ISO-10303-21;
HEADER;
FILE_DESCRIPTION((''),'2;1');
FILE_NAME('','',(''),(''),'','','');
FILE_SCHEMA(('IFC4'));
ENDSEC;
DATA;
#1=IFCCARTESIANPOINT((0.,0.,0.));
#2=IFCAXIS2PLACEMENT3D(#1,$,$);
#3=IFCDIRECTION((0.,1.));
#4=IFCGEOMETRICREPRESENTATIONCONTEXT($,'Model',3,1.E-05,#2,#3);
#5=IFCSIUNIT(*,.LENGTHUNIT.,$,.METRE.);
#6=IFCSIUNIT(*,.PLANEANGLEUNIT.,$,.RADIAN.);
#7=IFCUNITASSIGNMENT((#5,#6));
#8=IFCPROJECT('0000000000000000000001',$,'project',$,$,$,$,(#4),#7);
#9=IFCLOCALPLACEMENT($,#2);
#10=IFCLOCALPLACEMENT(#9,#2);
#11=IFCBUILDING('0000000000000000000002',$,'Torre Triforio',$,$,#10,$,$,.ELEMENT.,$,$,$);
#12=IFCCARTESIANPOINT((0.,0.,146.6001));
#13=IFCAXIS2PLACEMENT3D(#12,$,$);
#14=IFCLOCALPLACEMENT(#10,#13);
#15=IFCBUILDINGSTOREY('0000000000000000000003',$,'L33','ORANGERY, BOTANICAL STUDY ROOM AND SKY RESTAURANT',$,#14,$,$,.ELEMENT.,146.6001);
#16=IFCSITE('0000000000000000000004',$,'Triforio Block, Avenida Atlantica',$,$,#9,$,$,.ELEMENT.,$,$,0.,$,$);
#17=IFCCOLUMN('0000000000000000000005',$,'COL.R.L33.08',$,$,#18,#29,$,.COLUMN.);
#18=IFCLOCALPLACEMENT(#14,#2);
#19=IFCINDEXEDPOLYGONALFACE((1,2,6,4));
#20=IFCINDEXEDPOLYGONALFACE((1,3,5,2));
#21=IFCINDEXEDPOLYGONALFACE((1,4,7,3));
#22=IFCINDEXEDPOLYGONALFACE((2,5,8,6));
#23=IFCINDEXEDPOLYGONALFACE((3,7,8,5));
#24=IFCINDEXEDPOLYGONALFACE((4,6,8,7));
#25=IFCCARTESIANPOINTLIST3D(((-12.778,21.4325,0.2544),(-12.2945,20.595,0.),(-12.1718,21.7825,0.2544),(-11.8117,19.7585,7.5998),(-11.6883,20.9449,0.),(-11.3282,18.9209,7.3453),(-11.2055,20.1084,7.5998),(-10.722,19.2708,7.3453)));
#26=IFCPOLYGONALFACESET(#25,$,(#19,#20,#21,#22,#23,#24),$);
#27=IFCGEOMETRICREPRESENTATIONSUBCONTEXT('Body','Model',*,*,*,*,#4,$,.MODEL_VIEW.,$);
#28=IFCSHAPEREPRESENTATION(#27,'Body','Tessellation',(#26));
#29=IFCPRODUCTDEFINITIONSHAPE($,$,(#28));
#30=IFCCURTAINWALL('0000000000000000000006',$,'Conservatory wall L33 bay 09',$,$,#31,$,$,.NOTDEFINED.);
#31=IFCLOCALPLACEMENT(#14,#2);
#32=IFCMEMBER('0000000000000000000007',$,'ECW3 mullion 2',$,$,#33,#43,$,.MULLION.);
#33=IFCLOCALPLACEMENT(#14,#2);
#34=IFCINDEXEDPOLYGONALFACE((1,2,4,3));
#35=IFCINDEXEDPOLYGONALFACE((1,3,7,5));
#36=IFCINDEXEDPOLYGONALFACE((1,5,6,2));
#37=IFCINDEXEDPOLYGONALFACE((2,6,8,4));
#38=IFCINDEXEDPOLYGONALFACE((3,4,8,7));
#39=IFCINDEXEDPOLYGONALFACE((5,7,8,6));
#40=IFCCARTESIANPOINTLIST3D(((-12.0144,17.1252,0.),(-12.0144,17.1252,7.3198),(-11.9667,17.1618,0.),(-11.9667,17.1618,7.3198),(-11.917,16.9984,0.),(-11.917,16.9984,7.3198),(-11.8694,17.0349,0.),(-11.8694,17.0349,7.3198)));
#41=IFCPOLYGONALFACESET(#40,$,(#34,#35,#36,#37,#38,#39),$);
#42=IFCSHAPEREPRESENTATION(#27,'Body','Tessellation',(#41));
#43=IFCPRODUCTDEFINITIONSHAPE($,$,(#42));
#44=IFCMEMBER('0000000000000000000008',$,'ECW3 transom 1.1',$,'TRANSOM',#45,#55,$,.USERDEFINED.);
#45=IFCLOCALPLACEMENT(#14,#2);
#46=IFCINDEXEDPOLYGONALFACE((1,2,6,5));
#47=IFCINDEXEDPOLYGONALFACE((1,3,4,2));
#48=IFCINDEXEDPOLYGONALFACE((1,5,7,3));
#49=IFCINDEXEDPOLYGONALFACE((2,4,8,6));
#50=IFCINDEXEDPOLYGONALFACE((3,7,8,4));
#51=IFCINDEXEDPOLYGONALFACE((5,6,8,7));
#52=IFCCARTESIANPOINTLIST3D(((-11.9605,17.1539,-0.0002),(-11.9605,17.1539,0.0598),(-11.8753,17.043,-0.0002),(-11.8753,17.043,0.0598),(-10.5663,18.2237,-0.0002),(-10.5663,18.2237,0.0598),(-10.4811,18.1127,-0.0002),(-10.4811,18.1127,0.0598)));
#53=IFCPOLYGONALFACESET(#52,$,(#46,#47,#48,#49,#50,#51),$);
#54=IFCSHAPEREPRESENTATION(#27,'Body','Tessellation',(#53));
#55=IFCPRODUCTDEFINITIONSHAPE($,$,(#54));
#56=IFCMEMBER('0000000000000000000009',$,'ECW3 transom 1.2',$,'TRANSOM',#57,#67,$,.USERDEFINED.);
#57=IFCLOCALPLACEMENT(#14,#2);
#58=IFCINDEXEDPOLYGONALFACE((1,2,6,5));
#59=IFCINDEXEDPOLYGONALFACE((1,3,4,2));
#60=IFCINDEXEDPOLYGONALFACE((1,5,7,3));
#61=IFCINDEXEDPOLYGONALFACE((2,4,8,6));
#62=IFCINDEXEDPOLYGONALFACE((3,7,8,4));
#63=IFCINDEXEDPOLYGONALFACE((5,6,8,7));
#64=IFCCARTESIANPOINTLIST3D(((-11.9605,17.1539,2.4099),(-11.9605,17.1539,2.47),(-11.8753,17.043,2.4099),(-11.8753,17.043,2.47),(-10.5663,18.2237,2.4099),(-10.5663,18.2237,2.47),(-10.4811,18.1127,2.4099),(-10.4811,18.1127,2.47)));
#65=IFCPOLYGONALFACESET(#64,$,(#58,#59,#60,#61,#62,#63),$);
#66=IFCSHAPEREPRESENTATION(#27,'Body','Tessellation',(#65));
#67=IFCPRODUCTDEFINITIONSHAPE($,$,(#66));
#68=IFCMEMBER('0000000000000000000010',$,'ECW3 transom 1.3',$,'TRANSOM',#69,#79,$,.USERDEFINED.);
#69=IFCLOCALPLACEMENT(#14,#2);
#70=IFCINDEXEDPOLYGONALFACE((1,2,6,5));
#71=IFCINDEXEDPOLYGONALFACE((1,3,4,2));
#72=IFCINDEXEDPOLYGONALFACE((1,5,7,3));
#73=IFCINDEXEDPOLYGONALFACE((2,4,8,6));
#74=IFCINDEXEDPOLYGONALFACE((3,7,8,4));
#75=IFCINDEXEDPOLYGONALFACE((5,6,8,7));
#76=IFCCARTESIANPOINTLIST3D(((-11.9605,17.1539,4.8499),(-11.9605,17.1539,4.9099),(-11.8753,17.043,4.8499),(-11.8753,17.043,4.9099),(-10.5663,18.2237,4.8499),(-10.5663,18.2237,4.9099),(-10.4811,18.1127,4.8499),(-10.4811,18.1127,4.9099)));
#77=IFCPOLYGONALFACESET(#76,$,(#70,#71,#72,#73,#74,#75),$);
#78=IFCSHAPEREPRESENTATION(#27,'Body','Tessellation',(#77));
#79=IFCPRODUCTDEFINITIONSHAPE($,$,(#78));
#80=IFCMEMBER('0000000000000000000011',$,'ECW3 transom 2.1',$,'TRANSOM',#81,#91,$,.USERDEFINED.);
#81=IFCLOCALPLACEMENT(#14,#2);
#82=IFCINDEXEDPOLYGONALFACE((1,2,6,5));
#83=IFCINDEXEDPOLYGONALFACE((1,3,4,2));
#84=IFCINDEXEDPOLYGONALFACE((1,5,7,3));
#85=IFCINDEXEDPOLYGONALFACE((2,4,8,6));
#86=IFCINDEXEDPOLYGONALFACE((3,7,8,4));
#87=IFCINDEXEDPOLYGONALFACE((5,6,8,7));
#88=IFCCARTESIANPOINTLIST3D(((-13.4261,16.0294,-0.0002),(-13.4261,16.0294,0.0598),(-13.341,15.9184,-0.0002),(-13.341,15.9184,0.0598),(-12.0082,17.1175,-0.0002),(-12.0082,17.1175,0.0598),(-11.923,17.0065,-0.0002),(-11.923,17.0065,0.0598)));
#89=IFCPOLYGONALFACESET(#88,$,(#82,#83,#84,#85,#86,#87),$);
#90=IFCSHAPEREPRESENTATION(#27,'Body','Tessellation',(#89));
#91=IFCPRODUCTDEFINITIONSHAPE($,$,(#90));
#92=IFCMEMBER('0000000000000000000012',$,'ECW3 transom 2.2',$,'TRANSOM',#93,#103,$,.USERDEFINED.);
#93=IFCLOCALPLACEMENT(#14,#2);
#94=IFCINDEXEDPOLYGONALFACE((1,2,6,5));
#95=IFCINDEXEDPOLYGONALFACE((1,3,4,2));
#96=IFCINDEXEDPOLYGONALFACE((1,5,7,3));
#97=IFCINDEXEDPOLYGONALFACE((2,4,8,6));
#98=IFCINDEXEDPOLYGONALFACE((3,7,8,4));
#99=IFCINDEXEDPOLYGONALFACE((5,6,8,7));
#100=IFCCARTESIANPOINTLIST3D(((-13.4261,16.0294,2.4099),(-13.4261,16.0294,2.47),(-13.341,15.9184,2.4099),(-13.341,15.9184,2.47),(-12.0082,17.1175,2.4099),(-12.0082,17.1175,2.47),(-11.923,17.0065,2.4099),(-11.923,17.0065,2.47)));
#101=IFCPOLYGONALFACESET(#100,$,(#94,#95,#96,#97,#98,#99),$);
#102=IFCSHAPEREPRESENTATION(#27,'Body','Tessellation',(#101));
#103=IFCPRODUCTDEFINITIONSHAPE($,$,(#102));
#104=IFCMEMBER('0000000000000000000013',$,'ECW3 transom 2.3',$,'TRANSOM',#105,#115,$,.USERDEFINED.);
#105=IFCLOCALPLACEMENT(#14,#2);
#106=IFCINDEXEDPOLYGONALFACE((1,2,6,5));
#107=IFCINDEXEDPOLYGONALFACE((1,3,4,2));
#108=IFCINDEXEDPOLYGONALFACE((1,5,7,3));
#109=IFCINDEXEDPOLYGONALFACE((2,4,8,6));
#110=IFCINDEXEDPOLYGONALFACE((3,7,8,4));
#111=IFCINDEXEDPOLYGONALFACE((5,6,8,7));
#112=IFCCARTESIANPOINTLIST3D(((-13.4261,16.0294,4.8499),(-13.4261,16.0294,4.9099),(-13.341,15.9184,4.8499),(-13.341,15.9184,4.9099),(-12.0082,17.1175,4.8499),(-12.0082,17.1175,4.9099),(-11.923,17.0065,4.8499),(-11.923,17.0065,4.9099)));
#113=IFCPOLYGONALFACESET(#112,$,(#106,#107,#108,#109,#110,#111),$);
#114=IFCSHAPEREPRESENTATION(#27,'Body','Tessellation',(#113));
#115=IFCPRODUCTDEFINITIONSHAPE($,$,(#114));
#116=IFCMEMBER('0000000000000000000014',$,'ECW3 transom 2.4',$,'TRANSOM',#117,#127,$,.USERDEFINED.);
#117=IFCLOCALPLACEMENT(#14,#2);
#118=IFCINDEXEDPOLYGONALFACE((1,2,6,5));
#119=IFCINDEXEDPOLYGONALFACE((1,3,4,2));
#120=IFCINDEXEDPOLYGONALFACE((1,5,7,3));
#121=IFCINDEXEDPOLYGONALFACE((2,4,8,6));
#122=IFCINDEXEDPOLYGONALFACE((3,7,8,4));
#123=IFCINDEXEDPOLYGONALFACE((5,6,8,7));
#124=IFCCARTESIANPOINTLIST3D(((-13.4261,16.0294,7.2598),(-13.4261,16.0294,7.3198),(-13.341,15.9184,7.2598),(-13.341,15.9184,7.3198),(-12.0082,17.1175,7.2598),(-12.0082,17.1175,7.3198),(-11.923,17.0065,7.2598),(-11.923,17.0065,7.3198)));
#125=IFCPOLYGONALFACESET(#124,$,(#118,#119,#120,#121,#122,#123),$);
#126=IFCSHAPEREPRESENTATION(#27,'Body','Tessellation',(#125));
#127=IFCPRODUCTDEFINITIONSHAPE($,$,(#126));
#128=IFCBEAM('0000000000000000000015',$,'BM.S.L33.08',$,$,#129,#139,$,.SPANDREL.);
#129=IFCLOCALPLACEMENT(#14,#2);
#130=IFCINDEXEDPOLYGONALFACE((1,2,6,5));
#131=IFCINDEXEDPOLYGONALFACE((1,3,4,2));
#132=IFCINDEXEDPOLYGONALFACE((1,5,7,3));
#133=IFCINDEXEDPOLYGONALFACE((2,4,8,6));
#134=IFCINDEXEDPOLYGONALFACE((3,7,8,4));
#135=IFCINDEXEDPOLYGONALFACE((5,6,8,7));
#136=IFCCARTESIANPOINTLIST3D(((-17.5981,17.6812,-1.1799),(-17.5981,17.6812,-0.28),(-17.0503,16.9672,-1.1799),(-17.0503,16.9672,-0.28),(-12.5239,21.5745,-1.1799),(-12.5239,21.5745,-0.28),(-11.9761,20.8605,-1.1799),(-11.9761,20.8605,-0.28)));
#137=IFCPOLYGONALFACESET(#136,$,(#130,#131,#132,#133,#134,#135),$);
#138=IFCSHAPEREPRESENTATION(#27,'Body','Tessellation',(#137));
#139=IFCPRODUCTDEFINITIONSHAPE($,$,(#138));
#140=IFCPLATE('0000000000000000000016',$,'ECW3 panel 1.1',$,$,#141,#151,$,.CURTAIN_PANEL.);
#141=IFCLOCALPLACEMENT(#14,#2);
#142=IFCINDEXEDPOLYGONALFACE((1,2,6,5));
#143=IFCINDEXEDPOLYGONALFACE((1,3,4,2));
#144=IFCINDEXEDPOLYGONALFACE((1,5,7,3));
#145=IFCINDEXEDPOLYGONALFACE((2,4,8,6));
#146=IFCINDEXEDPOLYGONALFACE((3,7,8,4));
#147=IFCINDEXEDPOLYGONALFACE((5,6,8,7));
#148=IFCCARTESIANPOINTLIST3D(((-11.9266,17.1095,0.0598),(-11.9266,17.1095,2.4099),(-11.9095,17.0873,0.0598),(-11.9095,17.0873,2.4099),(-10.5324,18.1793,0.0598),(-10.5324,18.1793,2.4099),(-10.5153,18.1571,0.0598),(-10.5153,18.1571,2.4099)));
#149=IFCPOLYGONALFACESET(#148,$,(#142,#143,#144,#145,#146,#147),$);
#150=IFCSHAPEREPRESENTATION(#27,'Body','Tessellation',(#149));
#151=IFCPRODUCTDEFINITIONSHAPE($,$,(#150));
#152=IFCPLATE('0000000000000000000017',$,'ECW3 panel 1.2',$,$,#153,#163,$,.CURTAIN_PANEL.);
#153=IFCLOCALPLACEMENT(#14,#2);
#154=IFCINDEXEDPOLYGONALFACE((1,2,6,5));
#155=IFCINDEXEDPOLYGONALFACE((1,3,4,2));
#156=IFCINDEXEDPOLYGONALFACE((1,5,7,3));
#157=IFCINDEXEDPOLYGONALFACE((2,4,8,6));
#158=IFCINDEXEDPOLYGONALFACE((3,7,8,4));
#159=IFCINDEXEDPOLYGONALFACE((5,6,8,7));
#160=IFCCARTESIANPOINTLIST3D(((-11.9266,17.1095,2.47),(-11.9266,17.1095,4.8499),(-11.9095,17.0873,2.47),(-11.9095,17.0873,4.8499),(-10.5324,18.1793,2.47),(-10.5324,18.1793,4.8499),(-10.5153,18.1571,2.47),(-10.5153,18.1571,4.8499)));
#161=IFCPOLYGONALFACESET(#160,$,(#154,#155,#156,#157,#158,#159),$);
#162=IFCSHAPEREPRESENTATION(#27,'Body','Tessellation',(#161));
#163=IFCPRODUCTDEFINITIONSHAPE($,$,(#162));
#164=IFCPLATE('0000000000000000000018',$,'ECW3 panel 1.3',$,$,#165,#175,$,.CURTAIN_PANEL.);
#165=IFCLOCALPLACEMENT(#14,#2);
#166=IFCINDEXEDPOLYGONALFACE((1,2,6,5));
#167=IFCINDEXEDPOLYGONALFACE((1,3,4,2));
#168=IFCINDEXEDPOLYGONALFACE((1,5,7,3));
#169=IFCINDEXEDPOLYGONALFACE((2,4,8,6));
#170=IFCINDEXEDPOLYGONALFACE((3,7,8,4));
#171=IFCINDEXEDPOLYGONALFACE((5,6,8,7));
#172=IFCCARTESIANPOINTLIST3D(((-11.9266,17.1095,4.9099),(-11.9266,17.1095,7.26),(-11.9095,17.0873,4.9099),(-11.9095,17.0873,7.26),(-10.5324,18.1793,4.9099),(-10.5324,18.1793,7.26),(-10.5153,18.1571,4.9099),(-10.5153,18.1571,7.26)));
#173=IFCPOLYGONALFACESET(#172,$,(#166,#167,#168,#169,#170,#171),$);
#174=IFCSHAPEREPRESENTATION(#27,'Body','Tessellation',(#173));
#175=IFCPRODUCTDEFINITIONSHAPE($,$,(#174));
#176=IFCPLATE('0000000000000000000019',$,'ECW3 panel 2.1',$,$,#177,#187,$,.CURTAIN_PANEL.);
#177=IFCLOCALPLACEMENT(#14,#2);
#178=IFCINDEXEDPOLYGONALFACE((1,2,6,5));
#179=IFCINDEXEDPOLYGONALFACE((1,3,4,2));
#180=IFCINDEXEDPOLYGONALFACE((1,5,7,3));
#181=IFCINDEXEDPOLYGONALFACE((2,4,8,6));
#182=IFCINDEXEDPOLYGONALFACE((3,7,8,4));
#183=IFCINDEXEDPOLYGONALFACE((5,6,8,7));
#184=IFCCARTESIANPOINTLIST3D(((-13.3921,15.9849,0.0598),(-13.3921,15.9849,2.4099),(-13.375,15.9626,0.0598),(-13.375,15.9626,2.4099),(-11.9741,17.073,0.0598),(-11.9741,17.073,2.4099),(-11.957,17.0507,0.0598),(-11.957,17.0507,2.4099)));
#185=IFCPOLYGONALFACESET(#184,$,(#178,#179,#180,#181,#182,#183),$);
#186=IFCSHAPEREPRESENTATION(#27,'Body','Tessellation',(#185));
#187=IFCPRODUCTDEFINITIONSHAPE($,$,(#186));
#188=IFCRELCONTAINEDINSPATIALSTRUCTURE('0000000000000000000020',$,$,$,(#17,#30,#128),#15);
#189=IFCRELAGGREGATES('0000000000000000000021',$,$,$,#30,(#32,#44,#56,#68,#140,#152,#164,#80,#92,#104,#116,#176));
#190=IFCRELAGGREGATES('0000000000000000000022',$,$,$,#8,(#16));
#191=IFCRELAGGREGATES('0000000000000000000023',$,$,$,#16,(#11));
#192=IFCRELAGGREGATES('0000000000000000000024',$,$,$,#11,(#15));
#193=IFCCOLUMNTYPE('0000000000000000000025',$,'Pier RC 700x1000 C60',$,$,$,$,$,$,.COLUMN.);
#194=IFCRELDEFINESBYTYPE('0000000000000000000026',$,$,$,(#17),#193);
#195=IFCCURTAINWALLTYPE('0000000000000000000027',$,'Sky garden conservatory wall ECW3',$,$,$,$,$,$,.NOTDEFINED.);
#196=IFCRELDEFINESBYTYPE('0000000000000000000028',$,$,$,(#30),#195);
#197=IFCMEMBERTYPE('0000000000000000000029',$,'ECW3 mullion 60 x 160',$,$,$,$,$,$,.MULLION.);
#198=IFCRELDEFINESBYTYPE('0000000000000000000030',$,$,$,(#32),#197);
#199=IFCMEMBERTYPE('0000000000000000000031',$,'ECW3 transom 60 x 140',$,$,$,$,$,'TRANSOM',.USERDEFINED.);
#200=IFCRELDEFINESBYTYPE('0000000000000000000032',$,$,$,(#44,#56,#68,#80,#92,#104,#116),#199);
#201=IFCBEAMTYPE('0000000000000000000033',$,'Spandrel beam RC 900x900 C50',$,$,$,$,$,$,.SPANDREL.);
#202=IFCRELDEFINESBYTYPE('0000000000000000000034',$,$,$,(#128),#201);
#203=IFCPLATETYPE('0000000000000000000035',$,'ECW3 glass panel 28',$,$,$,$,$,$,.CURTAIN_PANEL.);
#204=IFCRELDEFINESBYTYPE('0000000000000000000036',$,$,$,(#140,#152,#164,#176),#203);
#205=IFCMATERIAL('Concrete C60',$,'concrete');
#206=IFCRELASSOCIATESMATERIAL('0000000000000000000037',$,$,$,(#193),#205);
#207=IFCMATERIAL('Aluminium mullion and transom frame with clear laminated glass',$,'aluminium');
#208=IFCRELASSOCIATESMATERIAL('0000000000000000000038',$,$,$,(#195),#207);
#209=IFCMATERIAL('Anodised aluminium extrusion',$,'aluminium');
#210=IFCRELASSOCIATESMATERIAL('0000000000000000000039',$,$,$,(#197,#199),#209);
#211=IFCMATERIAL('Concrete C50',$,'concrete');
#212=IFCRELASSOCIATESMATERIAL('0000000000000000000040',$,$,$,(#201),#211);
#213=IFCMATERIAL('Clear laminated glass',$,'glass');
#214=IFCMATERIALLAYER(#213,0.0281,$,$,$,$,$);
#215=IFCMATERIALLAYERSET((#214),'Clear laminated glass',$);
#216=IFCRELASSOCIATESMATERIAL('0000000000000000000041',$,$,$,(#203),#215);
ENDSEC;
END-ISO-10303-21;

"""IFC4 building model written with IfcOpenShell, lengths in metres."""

from ifc_helpers import new_model, si_unit, direction, frame, origin, origin_2d, place, context, subcontext, project, spatial, rectangle, extrude, material, layer, layer_set, material_profile, profile_set, type_object, element, aggregate, save


model = new_model("IFC4")

# Units and contexts
model_context = context("Model", 3, precision=1e-05, world=origin(), true_north=direction((0.0, 1.0)))
body_context = subcontext(model_context, "Body", "Model", "MODEL_VIEW")
ifc_project = project(units=[si_unit("LENGTHUNIT", "METRE"), si_unit("PLANEANGLEUNIT", "RADIAN")], contexts=[model_context])

# Site, building, storey
site_placement = place(None, origin())
site = spatial("IfcSite", under=ifc_project, at=site_placement, Name="Triforio Block, Avenida Atlantica", CompositionType="ELEMENT", RefElevation=0.0)
building_placement = place(site_placement, origin())
building = spatial("IfcBuilding", under=site, at=building_placement, Name="Torre Triforio", CompositionType="ELEMENT")
storey_placement = place(building_placement, frame((0.0, 0.0, 146.6001)))
storey = spatial("IfcBuildingStorey", under=building, at=storey_placement, Name="L33", Description="ORANGERY, BOTANICAL STUDY ROOM AND SKY RESTAURANT", CompositionType="ELEMENT", Elevation=146.6001)

# Column
ifc_material_1 = material(Name="Concrete C60", Category="concrete")
ifc_material_profile_1 = material_profile(ifc_material_1, rectangle(XDim=0.7, YDim=1.0, at=origin_2d()), Name="RC 700x1000")
ifc_profile_set_1 = profile_set([ifc_material_profile_1], Name="Concrete C60")
column_type = type_object("IfcColumnType", Name="Pier RC 700x1000 C60", PredefinedType="COLUMN", material=ifc_profile_set_1)
column_placement = place(storey_placement, frame((-12.2332, 21.1887, 0.1272), z_axis=(0.127221, -0.220402, 0.967077), x_axis=(0.866074, 0.499916, 0.0)))
element("IfcColumn", 1, at=column_placement, inside=storey, type_object=column_type, Name="COL.R.L33.08", PredefinedType="COLUMN", context=body_context, shape_type="SweptSolid", body=[
    extrude(rectangle(XDim=0.7, YDim=1.0, at=origin_2d()), origin(), (0.0, 0.0, 1.0), 7.5955),
])

# Curtain wall, members
ifc_material_2 = material(Name="Aluminium mullion and transom frame with clear laminated glass", Category="aluminium")
curtain_wall_type = type_object("IfcCurtainWallType", Name="Sky garden conservatory wall ECW3", PredefinedType="NOTDEFINED", material=ifc_material_2)
curtain_wall_placement = place(storey_placement, origin())
curtain_wall = element("IfcCurtainWall", 2, at=curtain_wall_placement, inside=storey, type_object=curtain_wall_type, Name="Conservatory wall L33 bay 09", PredefinedType="NOTDEFINED")
ifc_material_3 = material(Name="Anodised aluminium extrusion", Category="aluminium")
ifc_material_profile_2 = material_profile(ifc_material_3, rectangle(XDim=0.1599, YDim=0.0601, at=origin_2d()), Name="ECW3 MULLION 60x160")
ifc_profile_set_2 = profile_set([ifc_material_profile_2], Name="Anodised aluminium extrusion")
member_type_1 = type_object("IfcMemberType", Name="ECW3 mullion 60 x 160", PredefinedType="MULLION", material=ifc_profile_set_2)
member_1_placement = place(storey_placement, frame((-11.9419, 17.0801, 0.0), z_axis=(0.0, 0.0, 1.0), x_axis=(0.608763, -0.793352, 0.0)))
member_1 = element("IfcMember", 3, at=member_1_placement, type_object=member_type_1, Name="ECW3 mullion 2", PredefinedType="MULLION", context=body_context, shape_type="SweptSolid", body=[
    extrude(rectangle(XDim=0.1599, YDim=0.0601, at=origin_2d()), origin(), (0.0, 0.0, 1.0), 7.3198),
])
ifc_material_profile_3 = material_profile(ifc_material_3, rectangle(XDim=0.1399, YDim=0.0601, at=origin_2d()), Name="ECW3 TRANSOM 60x140")
ifc_profile_set_3 = profile_set([ifc_material_profile_3], Name="Anodised aluminium extrusion")
member_type_2 = type_object("IfcMemberType", Name="ECW3 transom 60 x 140", ElementType="TRANSOM", PredefinedType="USERDEFINED", material=ifc_profile_set_3)
member_2_placement = place(storey_placement, frame((-10.5237, 18.1682, 0.0298), z_axis=(-0.793367, -0.608744, 0.0), x_axis=(0.608744, -0.793367, 0.0)))
member_2 = element("IfcMember", 4, at=member_2_placement, type_object=member_type_2, Name="ECW3 transom 1.1", ObjectType="TRANSOM", PredefinedType="USERDEFINED", context=body_context, shape_type="SweptSolid", body=[
    extrude(rectangle(XDim=0.1399, YDim=0.0601, at=origin_2d()), origin(), (0.0, 0.0, 1.0), 1.7573),
])
member_3_placement = place(storey_placement, frame((-10.5237, 18.1682, 2.4399), z_axis=(-0.793367, -0.608744, 0.0), x_axis=(0.608744, -0.793367, 0.0)))
member_3 = element("IfcMember", 5, at=member_3_placement, type_object=member_type_2, Name="ECW3 transom 1.2", ObjectType="TRANSOM", PredefinedType="USERDEFINED", context=body_context, shape_type="SweptSolid", body=[
    extrude(rectangle(XDim=0.1399, YDim=0.0601, at=origin_2d()), origin(), (0.0, 0.0, 1.0), 1.7573),
])
member_4_placement = place(storey_placement, frame((-10.5237, 18.1682, 4.8799), z_axis=(-0.793367, -0.608744, 0.0), x_axis=(0.608744, -0.793367, 0.0)))
member_4 = element("IfcMember", 6, at=member_4_placement, type_object=member_type_2, Name="ECW3 transom 1.3", ObjectType="TRANSOM", PredefinedType="USERDEFINED", context=body_context, shape_type="SweptSolid", body=[
    extrude(rectangle(XDim=0.1399, YDim=0.0601, at=origin_2d()), origin(), (0.0, 0.0, 1.0), 1.7573),
])
member_5_placement = place(storey_placement, frame((-11.9656, 17.062, 0.0298), z_axis=(-0.793329, -0.608793, 0.0), x_axis=(0.608793, -0.793329, 0.0)))
member_5 = element("IfcMember", 7, at=member_5_placement, type_object=member_type_2, Name="ECW3 transom 2.1", ObjectType="TRANSOM", PredefinedType="USERDEFINED", context=body_context, shape_type="SweptSolid", body=[
    extrude(rectangle(XDim=0.1399, YDim=0.0601, at=origin_2d()), origin(), (0.0, 0.0, 1.0), 1.7874),
])
member_6_placement = place(storey_placement, frame((-11.9656, 17.062, 2.4399), z_axis=(-0.793329, -0.608793, 0.0), x_axis=(0.608793, -0.793329, 0.0)))
member_6 = element("IfcMember", 8, at=member_6_placement, type_object=member_type_2, Name="ECW3 transom 2.2", ObjectType="TRANSOM", PredefinedType="USERDEFINED", context=body_context, shape_type="SweptSolid", body=[
    extrude(rectangle(XDim=0.1399, YDim=0.0601, at=origin_2d()), origin(), (0.0, 0.0, 1.0), 1.7874),
])
member_7_placement = place(storey_placement, frame((-11.9656, 17.062, 4.8799), z_axis=(-0.793329, -0.608793, 0.0), x_axis=(0.608793, -0.793329, 0.0)))
member_7 = element("IfcMember", 9, at=member_7_placement, type_object=member_type_2, Name="ECW3 transom 2.3", ObjectType="TRANSOM", PredefinedType="USERDEFINED", context=body_context, shape_type="SweptSolid", body=[
    extrude(rectangle(XDim=0.1399, YDim=0.0601, at=origin_2d()), origin(), (0.0, 0.0, 1.0), 1.7874),
])
member_8_placement = place(storey_placement, frame((-11.9656, 17.062, 7.2898), z_axis=(-0.793329, -0.608793, 0.0), x_axis=(0.608793, -0.793329, 0.0)))
member_8 = element("IfcMember", 10, at=member_8_placement, type_object=member_type_2, Name="ECW3 transom 2.4", ObjectType="TRANSOM", PredefinedType="USERDEFINED", context=body_context, shape_type="SweptSolid", body=[
    extrude(rectangle(XDim=0.1399, YDim=0.0601, at=origin_2d()), origin(), (0.0, 0.0, 1.0), 1.7874),
])

# Beam
ifc_material_4 = material(Name="Concrete C50", Category="concrete")
ifc_material_profile_4 = material_profile(ifc_material_4, rectangle(XDim=0.8999, YDim=0.8999, at=origin_2d()), Name="RC 900x900")
ifc_profile_set_4 = profile_set([ifc_material_profile_4], Name="Concrete C50")
beam_type = type_object("IfcBeamType", Name="Spandrel beam RC 900x900 C50", PredefinedType="SPANDREL", material=ifc_profile_set_4)
beam_placement = place(storey_placement, frame((-12.25, 21.2175, -0.73), z_axis=(-0.793374, -0.608734, 0.0), x_axis=(0.608734, -0.793374, 0.0)))
element("IfcBeam", 11, at=beam_placement, inside=storey, type_object=beam_type, Name="BM.S.L33.08", PredefinedType="SPANDREL", context=body_context, shape_type="SweptSolid", body=[
    extrude(rectangle(XDim=0.8999, YDim=0.8999, at=origin_2d()), origin(), (0.0, 0.0, 1.0), 6.3958),
])

# Plates
ifc_material_5 = material(Name="Clear laminated glass", Category="glass")
ifc_layer_1 = layer(ifc_material_5, 0.0281)
ifc_layer_set_1 = layer_set([ifc_layer_1], Name="Clear laminated glass")
plate_type = type_object("IfcPlateType", Name="ECW3 glass panel 28", PredefinedType="CURTAIN_PANEL", material=ifc_layer_set_1)
plate_1_placement = place(storey_placement, frame((-11.2209, 17.6333, 0.0598), z_axis=(0.0, 0.0, 1.0), x_axis=(-0.793352, -0.608763, 0.0)))
plate_1 = element("IfcPlate", 12, at=plate_1_placement, type_object=plate_type, Name="ECW3 panel 1.1", PredefinedType="CURTAIN_PANEL", context=body_context, shape_type="SweptSolid", body=[
    extrude(rectangle(XDim=1.7573, YDim=0.0281, at=origin_2d()), origin(), (0.0, 0.0, 1.0), 2.3501),
])
plate_2_placement = place(storey_placement, frame((-11.2209, 17.6333, 2.47), z_axis=(0.0, 0.0, 1.0), x_axis=(-0.793352, -0.608763, 0.0)))
plate_2 = element("IfcPlate", 13, at=plate_2_placement, type_object=plate_type, Name="ECW3 panel 1.2", PredefinedType="CURTAIN_PANEL", context=body_context, shape_type="SweptSolid", body=[
    extrude(rectangle(XDim=1.7573, YDim=0.0281, at=origin_2d()), origin(), (0.0, 0.0, 1.0), 2.3799),
])
plate_3_placement = place(storey_placement, frame((-11.2209, 17.6333, 4.9099), z_axis=(0.0, 0.0, 1.0), x_axis=(-0.793352, -0.608763, 0.0)))
plate_3 = element("IfcPlate", 14, at=plate_3_placement, type_object=plate_type, Name="ECW3 panel 1.3", PredefinedType="CURTAIN_PANEL", context=body_context, shape_type="SweptSolid", body=[
    extrude(rectangle(XDim=1.7573, YDim=0.0281, at=origin_2d()), origin(), (0.0, 0.0, 1.0), 2.3501),
])
plate_4_placement = place(storey_placement, frame((-12.6746, 16.5178, 0.0598), z_axis=(0.0, 0.0, 1.0), x_axis=(-0.793352, -0.608763, 0.0)))
plate_4 = element("IfcPlate", 15, at=plate_4_placement, type_object=plate_type, Name="ECW3 panel 2.1", PredefinedType="CURTAIN_PANEL", context=body_context, shape_type="SweptSolid", body=[
    extrude(rectangle(XDim=1.7874, YDim=0.0281, at=origin_2d()), origin(), (0.0, 0.0, 1.0), 2.3501),
])
aggregate(curtain_wall, [member_1, member_2, member_3, member_4, plate_1, plate_2, plate_3, member_5, member_6, member_7, member_8, plate_4])

save(model, "model.ifc")
